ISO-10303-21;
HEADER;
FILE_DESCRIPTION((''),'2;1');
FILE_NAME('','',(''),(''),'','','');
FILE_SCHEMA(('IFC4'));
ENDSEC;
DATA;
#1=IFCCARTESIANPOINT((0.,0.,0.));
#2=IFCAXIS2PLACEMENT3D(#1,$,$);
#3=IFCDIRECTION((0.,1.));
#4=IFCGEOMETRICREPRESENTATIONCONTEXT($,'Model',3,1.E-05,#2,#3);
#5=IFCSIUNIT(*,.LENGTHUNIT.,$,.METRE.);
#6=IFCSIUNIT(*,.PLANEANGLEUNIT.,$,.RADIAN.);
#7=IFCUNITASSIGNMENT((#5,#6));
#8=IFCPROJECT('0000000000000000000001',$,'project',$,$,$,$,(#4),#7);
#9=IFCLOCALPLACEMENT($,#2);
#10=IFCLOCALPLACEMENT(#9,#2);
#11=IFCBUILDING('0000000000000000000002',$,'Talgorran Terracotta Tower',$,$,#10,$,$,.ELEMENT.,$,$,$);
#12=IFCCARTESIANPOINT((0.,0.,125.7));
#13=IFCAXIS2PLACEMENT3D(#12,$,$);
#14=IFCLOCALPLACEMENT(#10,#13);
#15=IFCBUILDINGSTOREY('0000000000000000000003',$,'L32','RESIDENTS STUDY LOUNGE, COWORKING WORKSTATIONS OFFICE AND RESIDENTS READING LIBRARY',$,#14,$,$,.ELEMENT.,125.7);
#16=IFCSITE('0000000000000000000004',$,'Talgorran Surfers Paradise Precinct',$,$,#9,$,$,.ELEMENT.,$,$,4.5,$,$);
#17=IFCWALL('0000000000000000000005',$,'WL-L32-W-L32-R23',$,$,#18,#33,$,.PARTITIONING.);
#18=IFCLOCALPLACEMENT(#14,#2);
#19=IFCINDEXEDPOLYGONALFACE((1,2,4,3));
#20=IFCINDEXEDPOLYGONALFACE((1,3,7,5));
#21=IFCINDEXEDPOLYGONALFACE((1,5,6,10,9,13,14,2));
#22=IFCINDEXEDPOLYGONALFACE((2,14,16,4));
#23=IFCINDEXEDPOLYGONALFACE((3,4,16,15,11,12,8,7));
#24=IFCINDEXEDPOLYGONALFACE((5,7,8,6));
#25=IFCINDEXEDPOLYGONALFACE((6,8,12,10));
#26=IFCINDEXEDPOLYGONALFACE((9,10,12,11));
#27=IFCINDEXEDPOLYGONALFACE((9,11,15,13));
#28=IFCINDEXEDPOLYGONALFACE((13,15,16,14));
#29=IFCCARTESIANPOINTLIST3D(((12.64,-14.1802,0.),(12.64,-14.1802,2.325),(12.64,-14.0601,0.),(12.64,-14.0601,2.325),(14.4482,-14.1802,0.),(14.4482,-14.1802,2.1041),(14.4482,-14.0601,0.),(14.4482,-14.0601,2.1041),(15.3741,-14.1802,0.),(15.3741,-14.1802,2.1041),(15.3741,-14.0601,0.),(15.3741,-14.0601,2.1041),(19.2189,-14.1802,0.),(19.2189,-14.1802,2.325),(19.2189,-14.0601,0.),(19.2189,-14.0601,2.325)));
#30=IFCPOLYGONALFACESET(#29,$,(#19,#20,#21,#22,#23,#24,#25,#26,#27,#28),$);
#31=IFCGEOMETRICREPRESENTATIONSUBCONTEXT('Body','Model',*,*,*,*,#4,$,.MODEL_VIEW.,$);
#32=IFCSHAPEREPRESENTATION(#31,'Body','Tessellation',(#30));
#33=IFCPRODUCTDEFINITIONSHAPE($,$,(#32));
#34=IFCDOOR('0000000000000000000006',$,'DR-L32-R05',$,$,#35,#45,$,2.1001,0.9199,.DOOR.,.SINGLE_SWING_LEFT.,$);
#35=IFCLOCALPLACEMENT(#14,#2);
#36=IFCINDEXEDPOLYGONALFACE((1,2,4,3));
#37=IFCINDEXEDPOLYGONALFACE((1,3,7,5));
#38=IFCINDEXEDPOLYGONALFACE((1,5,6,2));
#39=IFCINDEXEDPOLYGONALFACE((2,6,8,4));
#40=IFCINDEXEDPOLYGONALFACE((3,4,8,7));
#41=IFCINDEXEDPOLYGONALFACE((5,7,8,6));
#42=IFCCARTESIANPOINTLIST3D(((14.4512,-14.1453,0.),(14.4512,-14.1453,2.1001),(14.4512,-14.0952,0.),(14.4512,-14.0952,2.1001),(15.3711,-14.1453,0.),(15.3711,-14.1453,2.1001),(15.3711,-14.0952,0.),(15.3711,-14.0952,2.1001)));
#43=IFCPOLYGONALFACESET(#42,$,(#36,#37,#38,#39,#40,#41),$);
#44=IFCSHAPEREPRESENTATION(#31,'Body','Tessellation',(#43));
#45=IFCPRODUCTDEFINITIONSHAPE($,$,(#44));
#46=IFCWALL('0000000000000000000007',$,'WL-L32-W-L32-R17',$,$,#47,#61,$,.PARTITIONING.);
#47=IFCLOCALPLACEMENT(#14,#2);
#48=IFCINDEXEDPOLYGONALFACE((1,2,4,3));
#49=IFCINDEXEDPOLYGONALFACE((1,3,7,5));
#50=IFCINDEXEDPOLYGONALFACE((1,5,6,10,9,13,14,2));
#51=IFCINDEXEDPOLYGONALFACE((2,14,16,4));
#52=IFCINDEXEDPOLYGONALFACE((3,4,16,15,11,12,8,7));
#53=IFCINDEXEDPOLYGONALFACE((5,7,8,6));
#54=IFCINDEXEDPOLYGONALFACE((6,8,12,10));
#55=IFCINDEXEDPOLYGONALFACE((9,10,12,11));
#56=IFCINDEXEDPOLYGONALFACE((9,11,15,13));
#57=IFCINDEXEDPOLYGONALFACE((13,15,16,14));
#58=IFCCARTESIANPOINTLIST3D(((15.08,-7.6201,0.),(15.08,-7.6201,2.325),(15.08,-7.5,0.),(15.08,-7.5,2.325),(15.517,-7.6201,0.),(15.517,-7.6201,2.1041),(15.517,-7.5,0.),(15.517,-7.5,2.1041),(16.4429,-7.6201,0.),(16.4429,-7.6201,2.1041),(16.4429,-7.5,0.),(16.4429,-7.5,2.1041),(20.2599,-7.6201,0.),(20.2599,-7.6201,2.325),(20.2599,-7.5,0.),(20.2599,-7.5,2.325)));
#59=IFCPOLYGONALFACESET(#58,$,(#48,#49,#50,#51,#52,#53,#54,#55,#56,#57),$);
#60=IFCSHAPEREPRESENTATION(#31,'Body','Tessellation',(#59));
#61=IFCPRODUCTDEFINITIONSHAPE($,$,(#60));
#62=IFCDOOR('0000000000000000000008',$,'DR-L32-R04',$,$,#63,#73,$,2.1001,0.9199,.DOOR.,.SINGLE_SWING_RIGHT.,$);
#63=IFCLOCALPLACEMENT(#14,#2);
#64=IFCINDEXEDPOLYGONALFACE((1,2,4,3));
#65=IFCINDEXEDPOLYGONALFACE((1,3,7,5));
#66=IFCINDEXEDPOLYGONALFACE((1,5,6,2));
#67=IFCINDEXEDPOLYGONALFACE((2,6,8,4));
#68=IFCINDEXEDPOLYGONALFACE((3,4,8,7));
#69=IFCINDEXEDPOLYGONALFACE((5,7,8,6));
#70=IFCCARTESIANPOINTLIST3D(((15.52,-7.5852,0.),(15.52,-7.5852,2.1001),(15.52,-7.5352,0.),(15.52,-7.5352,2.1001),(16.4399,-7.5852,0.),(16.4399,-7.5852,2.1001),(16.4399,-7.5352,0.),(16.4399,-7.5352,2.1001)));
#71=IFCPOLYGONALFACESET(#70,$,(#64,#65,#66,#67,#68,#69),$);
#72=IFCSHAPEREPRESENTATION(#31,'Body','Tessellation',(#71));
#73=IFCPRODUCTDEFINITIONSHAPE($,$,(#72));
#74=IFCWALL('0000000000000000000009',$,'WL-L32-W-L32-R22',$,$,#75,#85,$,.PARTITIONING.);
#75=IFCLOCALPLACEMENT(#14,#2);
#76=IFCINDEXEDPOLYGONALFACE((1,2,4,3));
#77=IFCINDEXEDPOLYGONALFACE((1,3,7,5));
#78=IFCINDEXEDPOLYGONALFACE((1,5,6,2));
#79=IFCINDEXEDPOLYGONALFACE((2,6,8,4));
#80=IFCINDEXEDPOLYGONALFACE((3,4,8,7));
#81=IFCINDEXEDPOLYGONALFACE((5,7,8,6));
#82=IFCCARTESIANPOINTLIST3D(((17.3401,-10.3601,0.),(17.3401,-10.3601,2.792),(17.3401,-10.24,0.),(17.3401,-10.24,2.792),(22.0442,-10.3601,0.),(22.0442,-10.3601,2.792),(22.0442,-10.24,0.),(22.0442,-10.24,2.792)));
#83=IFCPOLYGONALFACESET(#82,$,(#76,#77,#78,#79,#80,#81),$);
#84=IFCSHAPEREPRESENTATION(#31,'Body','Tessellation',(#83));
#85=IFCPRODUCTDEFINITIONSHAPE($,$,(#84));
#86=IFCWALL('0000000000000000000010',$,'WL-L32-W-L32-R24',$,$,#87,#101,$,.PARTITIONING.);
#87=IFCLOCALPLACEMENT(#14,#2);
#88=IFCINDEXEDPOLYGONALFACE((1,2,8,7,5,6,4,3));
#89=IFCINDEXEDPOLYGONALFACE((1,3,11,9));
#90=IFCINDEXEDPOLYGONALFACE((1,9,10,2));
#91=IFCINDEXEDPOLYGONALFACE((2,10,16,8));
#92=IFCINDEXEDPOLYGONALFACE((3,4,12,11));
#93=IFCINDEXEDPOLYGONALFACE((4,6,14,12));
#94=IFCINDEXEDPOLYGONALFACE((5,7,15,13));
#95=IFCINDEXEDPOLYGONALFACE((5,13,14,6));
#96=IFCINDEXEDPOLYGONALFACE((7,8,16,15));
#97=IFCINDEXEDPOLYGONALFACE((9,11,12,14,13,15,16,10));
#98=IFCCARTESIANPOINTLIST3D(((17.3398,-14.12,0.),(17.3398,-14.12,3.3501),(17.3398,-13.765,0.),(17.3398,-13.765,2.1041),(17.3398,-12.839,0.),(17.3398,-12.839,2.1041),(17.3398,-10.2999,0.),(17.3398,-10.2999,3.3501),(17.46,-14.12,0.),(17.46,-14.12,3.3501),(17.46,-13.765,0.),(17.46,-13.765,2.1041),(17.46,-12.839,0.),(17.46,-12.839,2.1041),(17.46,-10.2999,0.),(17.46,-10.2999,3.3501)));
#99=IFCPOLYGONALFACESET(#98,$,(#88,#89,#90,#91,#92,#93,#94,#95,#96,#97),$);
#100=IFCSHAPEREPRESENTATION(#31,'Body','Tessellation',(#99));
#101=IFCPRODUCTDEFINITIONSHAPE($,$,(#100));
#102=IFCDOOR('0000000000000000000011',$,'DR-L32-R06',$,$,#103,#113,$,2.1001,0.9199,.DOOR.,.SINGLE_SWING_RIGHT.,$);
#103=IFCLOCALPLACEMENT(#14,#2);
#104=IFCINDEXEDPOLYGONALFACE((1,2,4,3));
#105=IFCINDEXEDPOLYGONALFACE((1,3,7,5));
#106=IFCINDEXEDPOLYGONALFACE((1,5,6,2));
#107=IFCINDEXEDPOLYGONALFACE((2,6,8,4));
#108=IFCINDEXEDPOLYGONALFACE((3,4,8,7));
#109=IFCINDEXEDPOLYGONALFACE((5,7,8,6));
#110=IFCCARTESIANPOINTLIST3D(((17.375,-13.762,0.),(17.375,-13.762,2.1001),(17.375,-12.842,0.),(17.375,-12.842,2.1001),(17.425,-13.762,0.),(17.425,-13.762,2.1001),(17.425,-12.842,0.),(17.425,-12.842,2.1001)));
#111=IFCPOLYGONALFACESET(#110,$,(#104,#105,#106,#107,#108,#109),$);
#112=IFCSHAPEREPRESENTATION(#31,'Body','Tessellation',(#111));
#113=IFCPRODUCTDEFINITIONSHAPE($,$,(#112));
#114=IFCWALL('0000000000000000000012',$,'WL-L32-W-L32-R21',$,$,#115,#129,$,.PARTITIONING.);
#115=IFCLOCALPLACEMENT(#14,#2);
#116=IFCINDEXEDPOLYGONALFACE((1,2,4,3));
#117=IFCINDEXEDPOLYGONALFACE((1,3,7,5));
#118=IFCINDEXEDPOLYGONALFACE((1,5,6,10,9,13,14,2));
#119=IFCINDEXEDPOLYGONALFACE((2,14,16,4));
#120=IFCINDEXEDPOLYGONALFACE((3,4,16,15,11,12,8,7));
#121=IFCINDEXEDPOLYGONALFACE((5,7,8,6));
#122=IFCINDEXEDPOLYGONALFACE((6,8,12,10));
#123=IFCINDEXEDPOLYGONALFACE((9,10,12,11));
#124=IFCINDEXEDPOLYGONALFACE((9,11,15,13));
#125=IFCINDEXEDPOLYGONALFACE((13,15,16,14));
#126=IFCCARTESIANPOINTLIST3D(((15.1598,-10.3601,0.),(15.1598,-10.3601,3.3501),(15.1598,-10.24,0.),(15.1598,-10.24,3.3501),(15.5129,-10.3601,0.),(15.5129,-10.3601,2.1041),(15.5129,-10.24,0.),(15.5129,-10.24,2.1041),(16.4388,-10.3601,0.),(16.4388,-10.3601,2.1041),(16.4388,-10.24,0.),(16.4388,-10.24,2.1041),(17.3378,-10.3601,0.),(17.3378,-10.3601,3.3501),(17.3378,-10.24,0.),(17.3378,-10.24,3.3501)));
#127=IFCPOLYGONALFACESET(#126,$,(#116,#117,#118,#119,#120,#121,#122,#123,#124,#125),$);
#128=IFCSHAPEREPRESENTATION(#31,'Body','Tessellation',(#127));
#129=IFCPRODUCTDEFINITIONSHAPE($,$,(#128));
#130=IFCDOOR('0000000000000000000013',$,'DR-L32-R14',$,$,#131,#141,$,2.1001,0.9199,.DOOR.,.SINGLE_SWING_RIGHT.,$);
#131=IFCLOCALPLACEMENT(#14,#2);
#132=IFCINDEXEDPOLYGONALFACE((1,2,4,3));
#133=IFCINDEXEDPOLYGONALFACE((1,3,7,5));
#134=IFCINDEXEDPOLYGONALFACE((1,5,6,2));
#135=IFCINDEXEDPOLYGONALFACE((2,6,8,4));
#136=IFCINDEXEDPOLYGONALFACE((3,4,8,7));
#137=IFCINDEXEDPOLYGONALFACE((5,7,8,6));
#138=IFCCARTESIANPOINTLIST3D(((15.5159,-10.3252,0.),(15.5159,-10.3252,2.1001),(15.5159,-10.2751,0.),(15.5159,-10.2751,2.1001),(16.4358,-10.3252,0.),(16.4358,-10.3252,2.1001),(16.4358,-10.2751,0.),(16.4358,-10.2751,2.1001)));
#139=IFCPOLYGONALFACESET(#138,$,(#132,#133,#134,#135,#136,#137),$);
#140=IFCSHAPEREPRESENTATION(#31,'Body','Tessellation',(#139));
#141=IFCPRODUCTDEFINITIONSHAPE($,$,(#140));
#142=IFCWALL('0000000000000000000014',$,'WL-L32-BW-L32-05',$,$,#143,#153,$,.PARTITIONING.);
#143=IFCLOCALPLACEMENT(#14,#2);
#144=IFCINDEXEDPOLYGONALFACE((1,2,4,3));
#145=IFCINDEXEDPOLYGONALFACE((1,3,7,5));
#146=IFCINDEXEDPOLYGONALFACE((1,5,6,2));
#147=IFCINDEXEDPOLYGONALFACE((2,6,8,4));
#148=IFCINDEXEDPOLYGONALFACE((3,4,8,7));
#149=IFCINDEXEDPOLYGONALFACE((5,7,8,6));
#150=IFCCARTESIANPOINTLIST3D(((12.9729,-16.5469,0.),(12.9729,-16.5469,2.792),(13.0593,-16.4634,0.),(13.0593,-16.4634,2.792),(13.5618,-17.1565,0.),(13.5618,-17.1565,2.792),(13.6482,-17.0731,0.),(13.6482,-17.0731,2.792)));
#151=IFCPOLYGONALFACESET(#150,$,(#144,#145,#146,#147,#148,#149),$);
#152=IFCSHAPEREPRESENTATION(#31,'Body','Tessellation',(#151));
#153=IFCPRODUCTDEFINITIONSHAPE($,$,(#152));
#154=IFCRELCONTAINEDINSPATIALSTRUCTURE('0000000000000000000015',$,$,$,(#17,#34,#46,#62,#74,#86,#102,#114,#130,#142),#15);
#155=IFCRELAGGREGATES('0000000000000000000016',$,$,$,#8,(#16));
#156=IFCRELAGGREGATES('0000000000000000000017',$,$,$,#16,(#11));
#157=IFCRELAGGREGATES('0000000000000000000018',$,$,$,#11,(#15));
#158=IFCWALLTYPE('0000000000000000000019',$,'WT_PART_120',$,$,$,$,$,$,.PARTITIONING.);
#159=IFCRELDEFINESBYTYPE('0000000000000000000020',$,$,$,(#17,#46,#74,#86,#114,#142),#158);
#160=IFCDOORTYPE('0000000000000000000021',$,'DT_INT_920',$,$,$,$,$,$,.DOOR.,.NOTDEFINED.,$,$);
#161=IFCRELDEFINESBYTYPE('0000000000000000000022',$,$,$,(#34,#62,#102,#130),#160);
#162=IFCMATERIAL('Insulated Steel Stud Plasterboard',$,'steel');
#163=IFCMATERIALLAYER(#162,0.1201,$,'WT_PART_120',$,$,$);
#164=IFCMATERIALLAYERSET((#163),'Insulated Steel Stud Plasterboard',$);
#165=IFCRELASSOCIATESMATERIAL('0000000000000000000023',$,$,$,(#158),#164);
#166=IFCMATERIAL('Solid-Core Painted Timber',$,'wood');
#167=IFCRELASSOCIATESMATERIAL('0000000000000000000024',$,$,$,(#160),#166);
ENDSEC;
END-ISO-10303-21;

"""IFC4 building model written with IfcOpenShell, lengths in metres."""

from ifc_helpers import new_model, si_unit, direction, frame, frame_2d, origin, place, context, subcontext, project, spatial, rectangle, extrude, material, layer, layer_set, type_object, element, fill, save


model = new_model("IFC4")

# Units and contexts
model_context = context("Model", 3, precision=1e-05, world=origin(), true_north=direction((0.0, 1.0)))
body_context = subcontext(model_context, "Body", "Model", "MODEL_VIEW")
ifc_project = project(units=[si_unit("LENGTHUNIT", "METRE"), si_unit("PLANEANGLEUNIT", "RADIAN")], contexts=[model_context])

# Site, building, storey
site_placement = place(None, origin())
site = spatial("IfcSite", under=ifc_project, at=site_placement, Name="Talgorran Surfers Paradise Precinct", CompositionType="ELEMENT", RefElevation=4.5)
building_placement = place(site_placement, origin())
building = spatial("IfcBuilding", under=site, at=building_placement, Name="Talgorran Terracotta Tower", CompositionType="ELEMENT")
storey_placement = place(building_placement, frame((0.0, 0.0, 125.7)))
storey = spatial("IfcBuildingStorey", under=building, at=storey_placement, Name="L32", Description="RESIDENTS STUDY LOUNGE, COWORKING WORKSTATIONS OFFICE AND RESIDENTS READING LIBRARY", CompositionType="ELEMENT", Elevation=125.7)

# Walls, openings, doors
ifc_material_1 = material(Name="Insulated Steel Stud Plasterboard", Category="steel")
ifc_layer_1 = layer(ifc_material_1, 0.1201, Name="WT_PART_120")
ifc_layer_set_1 = layer_set([ifc_layer_1], Name="Insulated Steel Stud Plasterboard")
wall_type_1 = type_object("IfcWallType", Name="WT_PART_120", PredefinedType="PARTITIONING", material=ifc_layer_set_1)
wall_1_placement = place(storey_placement, frame((12.6399, -14.1201, 0.0), z_axis=(0.0, 0.0, 1.0), x_axis=(1.0, 0.0, 0.0)))
wall_1 = element("IfcWall", 1, at=wall_1_placement, inside=storey, type_object=wall_type_1, Name="WL-L32-W-L32-R23", PredefinedType="PARTITIONING", context=body_context, shape_type="SweptSolid", body=[
    extrude(rectangle(XDim=6.5789, YDim=0.1201, at=frame_2d((3.2896, 0.0))), origin(), (0.0, 0.0, 1.0), 2.325),
])
opening_1_placement = place(wall_1_placement, frame((1.8113, 0.0, 0.0)))
opening_1 = element("IfcOpeningElement", 2, at=opening_1_placement, cuts=wall_1, PredefinedType="OPENING", context=body_context, shape_type="SweptSolid", body=[
    extrude(rectangle(XDim=0.9259, YDim=2.1041, at=frame_2d((0.46, 1.052))), frame((0.0, 0.0701, 0.0), z_axis=(0.0, -1.0, 0.0), x_axis=(1.0, 0.0, 0.0)), (0.0, 0.0, 1.0), 0.1401),
])
ifc_material_2 = material(Name="Solid-Core Painted Timber", Category="wood")
door_type_1 = type_object("IfcDoorType", Name="DT_INT_920", OperationType="NOTDEFINED", PredefinedType="DOOR", material=ifc_material_2)
door_1_placement = place(opening_1_placement, origin())
door_1 = element("IfcDoor", 3, at=door_1_placement, inside=storey, type_object=door_type_1, Name="DR-L32-R05", OperationType="SINGLE_SWING_LEFT", OverallHeight=2.1001, OverallWidth=0.9199, PredefinedType="DOOR", context=body_context, shape_type="SweptSolid", body=[
    extrude(rectangle(XDim=0.9199, YDim=2.1001, at=frame_2d((0.46, 1.05))), frame((0.0, 0.0249, 0.0), z_axis=(0.0, -1.0, 0.0), x_axis=(1.0, 0.0, 0.0)), (0.0, 0.0, 1.0), 0.05),
])
fill(opening_1, door_1)
wall_2_placement = place(storey_placement, frame((15.0801, -7.5601, 0.0), z_axis=(0.0, 0.0, 1.0), x_axis=(1.0, 0.0, 0.0)))
wall_2 = element("IfcWall", 4, at=wall_2_placement, inside=storey, type_object=wall_type_1, Name="WL-L32-W-L32-R17", PredefinedType="PARTITIONING", context=body_context, shape_type="SweptSolid", body=[
    extrude(rectangle(XDim=5.1799, YDim=0.1201, at=frame_2d((2.5898, 0.0))), origin(), (0.0, 0.0, 1.0), 2.325),
])
opening_2_placement = place(wall_2_placement, frame((0.4399, 0.0, 0.0)))
opening_2 = element("IfcOpeningElement", 5, at=opening_2_placement, cuts=wall_2, PredefinedType="OPENING", context=body_context, shape_type="SweptSolid", body=[
    extrude(rectangle(XDim=0.9259, YDim=2.1041, at=frame_2d((0.46, 1.052))), frame((0.0, 0.0701, 0.0), z_axis=(0.0, -1.0, 0.0), x_axis=(1.0, 0.0, 0.0)), (0.0, 0.0, 1.0), 0.1401),
])
door_2_placement = place(opening_2_placement, origin())
door_2 = element("IfcDoor", 6, at=door_2_placement, inside=storey, type_object=door_type_1, Name="DR-L32-R04", OperationType="SINGLE_SWING_RIGHT", OverallHeight=2.1001, OverallWidth=0.9199, PredefinedType="DOOR", context=body_context, shape_type="SweptSolid", body=[
    extrude(rectangle(XDim=0.9199, YDim=2.1001, at=frame_2d((0.46, 1.05))), frame((0.0, 0.0249, 0.0), z_axis=(0.0, -1.0, 0.0), x_axis=(1.0, 0.0, 0.0)), (0.0, 0.0, 1.0), 0.05),
])
fill(opening_2, door_2)

# Wall
wall_3_placement = place(storey_placement, frame((17.3401, -10.3, 0.0), z_axis=(0.0, 0.0, 1.0), x_axis=(1.0, 0.0, 0.0)))
element("IfcWall", 7, at=wall_3_placement, inside=storey, type_object=wall_type_1, Name="WL-L32-W-L32-R22", PredefinedType="PARTITIONING", context=body_context, shape_type="SweptSolid", body=[
    extrude(rectangle(XDim=4.7041, YDim=0.1201, at=frame_2d((2.3521, 0.0))), origin(), (0.0, 0.0, 1.0), 2.792),
])

# Walls, openings, doors
wall_4_placement = place(storey_placement, frame((17.3999, -14.1201, 0.0), z_axis=(0.0, 0.0, 1.0), x_axis=(0.0, 1.0, 0.0)))
wall_4 = element("IfcWall", 8, at=wall_4_placement, inside=storey, type_object=wall_type_1, Name="WL-L32-W-L32-R24", PredefinedType="PARTITIONING", context=body_context, shape_type="SweptSolid", body=[
    extrude(rectangle(XDim=3.8201, YDim=0.1201, at=frame_2d((1.9102, 0.0))), origin(), (0.0, 0.0, 1.0), 3.3501),
])
opening_3_placement = place(wall_4_placement, frame((0.3582, 0.0, 0.0)))
opening_3 = element("IfcOpeningElement", 9, at=opening_3_placement, cuts=wall_4, PredefinedType="OPENING", context=body_context, shape_type="SweptSolid", body=[
    extrude(rectangle(XDim=0.9259, YDim=2.1041, at=frame_2d((0.46, 1.052))), frame((0.0, 0.0701, 0.0), z_axis=(0.0, -1.0, 0.0), x_axis=(1.0, 0.0, 0.0)), (0.0, 0.0, 1.0), 0.1401),
])
door_3_placement = place(opening_3_placement, origin())
door_3 = element("IfcDoor", 10, at=door_3_placement, inside=storey, type_object=door_type_1, Name="DR-L32-R06", OperationType="SINGLE_SWING_RIGHT", OverallHeight=2.1001, OverallWidth=0.9199, PredefinedType="DOOR", context=body_context, shape_type="SweptSolid", body=[
    extrude(rectangle(XDim=0.9199, YDim=2.1001, at=frame_2d((0.46, 1.05))), frame((0.0, 0.0249, 0.0), z_axis=(0.0, -1.0, 0.0), x_axis=(1.0, 0.0, 0.0)), (0.0, 0.0, 1.0), 0.05),
])
fill(opening_3, door_3)
wall_5_placement = place(storey_placement, frame((15.1599, -10.3, 0.0), z_axis=(0.0, 0.0, 1.0), x_axis=(1.0, 0.0, 0.0)))
wall_5 = element("IfcWall", 11, at=wall_5_placement, inside=storey, type_object=wall_type_1, Name="WL-L32-W-L32-R21", PredefinedType="PARTITIONING", context=body_context, shape_type="SweptSolid", body=[
    extrude(rectangle(XDim=2.178, YDim=0.1201, at=frame_2d((1.0889, 0.0))), origin(), (0.0, 0.0, 1.0), 3.3501),
])
opening_4_placement = place(wall_5_placement, frame((0.356, 0.0, 0.0)))
opening_4 = element("IfcOpeningElement", 12, at=opening_4_placement, cuts=wall_5, PredefinedType="OPENING", context=body_context, shape_type="SweptSolid", body=[
    extrude(rectangle(XDim=0.9259, YDim=2.1041, at=frame_2d((0.46, 1.052))), frame((0.0, 0.0701, 0.0), z_axis=(0.0, -1.0, 0.0), x_axis=(1.0, 0.0, 0.0)), (0.0, 0.0, 1.0), 0.1401),
])
door_4_placement = place(opening_4_placement, origin())
door_4 = element("IfcDoor", 13, at=door_4_placement, inside=storey, type_object=door_type_1, Name="DR-L32-R14", OperationType="SINGLE_SWING_RIGHT", OverallHeight=2.1001, OverallWidth=0.9199, PredefinedType="DOOR", context=body_context, shape_type="SweptSolid", body=[
    extrude(rectangle(XDim=0.9199, YDim=2.1001, at=frame_2d((0.46, 1.05))), frame((0.0, 0.0249, 0.0), z_axis=(0.0, -1.0, 0.0), x_axis=(1.0, 0.0, 0.0)), (0.0, 0.0, 1.0), 0.05),
])
fill(opening_4, door_4)

# Wall
wall_6_placement = place(storey_placement, frame((13.0161, -16.5051, 0.0), z_axis=(0.0, 0.0, 1.0), x_axis=(0.694759, -0.719243, 0.0)))
element("IfcWall", 14, at=wall_6_placement, inside=storey, type_object=wall_type_1, Name="WL-L32-BW-L32-05", PredefinedType="PARTITIONING", context=body_context, shape_type="SweptSolid", body=[
    extrude(rectangle(XDim=0.8477, YDim=0.1201, at=frame_2d((0.4238, 0.0))), origin(), (0.0, 0.0, 1.0), 2.792),
])

save(model, "model.ifc")
